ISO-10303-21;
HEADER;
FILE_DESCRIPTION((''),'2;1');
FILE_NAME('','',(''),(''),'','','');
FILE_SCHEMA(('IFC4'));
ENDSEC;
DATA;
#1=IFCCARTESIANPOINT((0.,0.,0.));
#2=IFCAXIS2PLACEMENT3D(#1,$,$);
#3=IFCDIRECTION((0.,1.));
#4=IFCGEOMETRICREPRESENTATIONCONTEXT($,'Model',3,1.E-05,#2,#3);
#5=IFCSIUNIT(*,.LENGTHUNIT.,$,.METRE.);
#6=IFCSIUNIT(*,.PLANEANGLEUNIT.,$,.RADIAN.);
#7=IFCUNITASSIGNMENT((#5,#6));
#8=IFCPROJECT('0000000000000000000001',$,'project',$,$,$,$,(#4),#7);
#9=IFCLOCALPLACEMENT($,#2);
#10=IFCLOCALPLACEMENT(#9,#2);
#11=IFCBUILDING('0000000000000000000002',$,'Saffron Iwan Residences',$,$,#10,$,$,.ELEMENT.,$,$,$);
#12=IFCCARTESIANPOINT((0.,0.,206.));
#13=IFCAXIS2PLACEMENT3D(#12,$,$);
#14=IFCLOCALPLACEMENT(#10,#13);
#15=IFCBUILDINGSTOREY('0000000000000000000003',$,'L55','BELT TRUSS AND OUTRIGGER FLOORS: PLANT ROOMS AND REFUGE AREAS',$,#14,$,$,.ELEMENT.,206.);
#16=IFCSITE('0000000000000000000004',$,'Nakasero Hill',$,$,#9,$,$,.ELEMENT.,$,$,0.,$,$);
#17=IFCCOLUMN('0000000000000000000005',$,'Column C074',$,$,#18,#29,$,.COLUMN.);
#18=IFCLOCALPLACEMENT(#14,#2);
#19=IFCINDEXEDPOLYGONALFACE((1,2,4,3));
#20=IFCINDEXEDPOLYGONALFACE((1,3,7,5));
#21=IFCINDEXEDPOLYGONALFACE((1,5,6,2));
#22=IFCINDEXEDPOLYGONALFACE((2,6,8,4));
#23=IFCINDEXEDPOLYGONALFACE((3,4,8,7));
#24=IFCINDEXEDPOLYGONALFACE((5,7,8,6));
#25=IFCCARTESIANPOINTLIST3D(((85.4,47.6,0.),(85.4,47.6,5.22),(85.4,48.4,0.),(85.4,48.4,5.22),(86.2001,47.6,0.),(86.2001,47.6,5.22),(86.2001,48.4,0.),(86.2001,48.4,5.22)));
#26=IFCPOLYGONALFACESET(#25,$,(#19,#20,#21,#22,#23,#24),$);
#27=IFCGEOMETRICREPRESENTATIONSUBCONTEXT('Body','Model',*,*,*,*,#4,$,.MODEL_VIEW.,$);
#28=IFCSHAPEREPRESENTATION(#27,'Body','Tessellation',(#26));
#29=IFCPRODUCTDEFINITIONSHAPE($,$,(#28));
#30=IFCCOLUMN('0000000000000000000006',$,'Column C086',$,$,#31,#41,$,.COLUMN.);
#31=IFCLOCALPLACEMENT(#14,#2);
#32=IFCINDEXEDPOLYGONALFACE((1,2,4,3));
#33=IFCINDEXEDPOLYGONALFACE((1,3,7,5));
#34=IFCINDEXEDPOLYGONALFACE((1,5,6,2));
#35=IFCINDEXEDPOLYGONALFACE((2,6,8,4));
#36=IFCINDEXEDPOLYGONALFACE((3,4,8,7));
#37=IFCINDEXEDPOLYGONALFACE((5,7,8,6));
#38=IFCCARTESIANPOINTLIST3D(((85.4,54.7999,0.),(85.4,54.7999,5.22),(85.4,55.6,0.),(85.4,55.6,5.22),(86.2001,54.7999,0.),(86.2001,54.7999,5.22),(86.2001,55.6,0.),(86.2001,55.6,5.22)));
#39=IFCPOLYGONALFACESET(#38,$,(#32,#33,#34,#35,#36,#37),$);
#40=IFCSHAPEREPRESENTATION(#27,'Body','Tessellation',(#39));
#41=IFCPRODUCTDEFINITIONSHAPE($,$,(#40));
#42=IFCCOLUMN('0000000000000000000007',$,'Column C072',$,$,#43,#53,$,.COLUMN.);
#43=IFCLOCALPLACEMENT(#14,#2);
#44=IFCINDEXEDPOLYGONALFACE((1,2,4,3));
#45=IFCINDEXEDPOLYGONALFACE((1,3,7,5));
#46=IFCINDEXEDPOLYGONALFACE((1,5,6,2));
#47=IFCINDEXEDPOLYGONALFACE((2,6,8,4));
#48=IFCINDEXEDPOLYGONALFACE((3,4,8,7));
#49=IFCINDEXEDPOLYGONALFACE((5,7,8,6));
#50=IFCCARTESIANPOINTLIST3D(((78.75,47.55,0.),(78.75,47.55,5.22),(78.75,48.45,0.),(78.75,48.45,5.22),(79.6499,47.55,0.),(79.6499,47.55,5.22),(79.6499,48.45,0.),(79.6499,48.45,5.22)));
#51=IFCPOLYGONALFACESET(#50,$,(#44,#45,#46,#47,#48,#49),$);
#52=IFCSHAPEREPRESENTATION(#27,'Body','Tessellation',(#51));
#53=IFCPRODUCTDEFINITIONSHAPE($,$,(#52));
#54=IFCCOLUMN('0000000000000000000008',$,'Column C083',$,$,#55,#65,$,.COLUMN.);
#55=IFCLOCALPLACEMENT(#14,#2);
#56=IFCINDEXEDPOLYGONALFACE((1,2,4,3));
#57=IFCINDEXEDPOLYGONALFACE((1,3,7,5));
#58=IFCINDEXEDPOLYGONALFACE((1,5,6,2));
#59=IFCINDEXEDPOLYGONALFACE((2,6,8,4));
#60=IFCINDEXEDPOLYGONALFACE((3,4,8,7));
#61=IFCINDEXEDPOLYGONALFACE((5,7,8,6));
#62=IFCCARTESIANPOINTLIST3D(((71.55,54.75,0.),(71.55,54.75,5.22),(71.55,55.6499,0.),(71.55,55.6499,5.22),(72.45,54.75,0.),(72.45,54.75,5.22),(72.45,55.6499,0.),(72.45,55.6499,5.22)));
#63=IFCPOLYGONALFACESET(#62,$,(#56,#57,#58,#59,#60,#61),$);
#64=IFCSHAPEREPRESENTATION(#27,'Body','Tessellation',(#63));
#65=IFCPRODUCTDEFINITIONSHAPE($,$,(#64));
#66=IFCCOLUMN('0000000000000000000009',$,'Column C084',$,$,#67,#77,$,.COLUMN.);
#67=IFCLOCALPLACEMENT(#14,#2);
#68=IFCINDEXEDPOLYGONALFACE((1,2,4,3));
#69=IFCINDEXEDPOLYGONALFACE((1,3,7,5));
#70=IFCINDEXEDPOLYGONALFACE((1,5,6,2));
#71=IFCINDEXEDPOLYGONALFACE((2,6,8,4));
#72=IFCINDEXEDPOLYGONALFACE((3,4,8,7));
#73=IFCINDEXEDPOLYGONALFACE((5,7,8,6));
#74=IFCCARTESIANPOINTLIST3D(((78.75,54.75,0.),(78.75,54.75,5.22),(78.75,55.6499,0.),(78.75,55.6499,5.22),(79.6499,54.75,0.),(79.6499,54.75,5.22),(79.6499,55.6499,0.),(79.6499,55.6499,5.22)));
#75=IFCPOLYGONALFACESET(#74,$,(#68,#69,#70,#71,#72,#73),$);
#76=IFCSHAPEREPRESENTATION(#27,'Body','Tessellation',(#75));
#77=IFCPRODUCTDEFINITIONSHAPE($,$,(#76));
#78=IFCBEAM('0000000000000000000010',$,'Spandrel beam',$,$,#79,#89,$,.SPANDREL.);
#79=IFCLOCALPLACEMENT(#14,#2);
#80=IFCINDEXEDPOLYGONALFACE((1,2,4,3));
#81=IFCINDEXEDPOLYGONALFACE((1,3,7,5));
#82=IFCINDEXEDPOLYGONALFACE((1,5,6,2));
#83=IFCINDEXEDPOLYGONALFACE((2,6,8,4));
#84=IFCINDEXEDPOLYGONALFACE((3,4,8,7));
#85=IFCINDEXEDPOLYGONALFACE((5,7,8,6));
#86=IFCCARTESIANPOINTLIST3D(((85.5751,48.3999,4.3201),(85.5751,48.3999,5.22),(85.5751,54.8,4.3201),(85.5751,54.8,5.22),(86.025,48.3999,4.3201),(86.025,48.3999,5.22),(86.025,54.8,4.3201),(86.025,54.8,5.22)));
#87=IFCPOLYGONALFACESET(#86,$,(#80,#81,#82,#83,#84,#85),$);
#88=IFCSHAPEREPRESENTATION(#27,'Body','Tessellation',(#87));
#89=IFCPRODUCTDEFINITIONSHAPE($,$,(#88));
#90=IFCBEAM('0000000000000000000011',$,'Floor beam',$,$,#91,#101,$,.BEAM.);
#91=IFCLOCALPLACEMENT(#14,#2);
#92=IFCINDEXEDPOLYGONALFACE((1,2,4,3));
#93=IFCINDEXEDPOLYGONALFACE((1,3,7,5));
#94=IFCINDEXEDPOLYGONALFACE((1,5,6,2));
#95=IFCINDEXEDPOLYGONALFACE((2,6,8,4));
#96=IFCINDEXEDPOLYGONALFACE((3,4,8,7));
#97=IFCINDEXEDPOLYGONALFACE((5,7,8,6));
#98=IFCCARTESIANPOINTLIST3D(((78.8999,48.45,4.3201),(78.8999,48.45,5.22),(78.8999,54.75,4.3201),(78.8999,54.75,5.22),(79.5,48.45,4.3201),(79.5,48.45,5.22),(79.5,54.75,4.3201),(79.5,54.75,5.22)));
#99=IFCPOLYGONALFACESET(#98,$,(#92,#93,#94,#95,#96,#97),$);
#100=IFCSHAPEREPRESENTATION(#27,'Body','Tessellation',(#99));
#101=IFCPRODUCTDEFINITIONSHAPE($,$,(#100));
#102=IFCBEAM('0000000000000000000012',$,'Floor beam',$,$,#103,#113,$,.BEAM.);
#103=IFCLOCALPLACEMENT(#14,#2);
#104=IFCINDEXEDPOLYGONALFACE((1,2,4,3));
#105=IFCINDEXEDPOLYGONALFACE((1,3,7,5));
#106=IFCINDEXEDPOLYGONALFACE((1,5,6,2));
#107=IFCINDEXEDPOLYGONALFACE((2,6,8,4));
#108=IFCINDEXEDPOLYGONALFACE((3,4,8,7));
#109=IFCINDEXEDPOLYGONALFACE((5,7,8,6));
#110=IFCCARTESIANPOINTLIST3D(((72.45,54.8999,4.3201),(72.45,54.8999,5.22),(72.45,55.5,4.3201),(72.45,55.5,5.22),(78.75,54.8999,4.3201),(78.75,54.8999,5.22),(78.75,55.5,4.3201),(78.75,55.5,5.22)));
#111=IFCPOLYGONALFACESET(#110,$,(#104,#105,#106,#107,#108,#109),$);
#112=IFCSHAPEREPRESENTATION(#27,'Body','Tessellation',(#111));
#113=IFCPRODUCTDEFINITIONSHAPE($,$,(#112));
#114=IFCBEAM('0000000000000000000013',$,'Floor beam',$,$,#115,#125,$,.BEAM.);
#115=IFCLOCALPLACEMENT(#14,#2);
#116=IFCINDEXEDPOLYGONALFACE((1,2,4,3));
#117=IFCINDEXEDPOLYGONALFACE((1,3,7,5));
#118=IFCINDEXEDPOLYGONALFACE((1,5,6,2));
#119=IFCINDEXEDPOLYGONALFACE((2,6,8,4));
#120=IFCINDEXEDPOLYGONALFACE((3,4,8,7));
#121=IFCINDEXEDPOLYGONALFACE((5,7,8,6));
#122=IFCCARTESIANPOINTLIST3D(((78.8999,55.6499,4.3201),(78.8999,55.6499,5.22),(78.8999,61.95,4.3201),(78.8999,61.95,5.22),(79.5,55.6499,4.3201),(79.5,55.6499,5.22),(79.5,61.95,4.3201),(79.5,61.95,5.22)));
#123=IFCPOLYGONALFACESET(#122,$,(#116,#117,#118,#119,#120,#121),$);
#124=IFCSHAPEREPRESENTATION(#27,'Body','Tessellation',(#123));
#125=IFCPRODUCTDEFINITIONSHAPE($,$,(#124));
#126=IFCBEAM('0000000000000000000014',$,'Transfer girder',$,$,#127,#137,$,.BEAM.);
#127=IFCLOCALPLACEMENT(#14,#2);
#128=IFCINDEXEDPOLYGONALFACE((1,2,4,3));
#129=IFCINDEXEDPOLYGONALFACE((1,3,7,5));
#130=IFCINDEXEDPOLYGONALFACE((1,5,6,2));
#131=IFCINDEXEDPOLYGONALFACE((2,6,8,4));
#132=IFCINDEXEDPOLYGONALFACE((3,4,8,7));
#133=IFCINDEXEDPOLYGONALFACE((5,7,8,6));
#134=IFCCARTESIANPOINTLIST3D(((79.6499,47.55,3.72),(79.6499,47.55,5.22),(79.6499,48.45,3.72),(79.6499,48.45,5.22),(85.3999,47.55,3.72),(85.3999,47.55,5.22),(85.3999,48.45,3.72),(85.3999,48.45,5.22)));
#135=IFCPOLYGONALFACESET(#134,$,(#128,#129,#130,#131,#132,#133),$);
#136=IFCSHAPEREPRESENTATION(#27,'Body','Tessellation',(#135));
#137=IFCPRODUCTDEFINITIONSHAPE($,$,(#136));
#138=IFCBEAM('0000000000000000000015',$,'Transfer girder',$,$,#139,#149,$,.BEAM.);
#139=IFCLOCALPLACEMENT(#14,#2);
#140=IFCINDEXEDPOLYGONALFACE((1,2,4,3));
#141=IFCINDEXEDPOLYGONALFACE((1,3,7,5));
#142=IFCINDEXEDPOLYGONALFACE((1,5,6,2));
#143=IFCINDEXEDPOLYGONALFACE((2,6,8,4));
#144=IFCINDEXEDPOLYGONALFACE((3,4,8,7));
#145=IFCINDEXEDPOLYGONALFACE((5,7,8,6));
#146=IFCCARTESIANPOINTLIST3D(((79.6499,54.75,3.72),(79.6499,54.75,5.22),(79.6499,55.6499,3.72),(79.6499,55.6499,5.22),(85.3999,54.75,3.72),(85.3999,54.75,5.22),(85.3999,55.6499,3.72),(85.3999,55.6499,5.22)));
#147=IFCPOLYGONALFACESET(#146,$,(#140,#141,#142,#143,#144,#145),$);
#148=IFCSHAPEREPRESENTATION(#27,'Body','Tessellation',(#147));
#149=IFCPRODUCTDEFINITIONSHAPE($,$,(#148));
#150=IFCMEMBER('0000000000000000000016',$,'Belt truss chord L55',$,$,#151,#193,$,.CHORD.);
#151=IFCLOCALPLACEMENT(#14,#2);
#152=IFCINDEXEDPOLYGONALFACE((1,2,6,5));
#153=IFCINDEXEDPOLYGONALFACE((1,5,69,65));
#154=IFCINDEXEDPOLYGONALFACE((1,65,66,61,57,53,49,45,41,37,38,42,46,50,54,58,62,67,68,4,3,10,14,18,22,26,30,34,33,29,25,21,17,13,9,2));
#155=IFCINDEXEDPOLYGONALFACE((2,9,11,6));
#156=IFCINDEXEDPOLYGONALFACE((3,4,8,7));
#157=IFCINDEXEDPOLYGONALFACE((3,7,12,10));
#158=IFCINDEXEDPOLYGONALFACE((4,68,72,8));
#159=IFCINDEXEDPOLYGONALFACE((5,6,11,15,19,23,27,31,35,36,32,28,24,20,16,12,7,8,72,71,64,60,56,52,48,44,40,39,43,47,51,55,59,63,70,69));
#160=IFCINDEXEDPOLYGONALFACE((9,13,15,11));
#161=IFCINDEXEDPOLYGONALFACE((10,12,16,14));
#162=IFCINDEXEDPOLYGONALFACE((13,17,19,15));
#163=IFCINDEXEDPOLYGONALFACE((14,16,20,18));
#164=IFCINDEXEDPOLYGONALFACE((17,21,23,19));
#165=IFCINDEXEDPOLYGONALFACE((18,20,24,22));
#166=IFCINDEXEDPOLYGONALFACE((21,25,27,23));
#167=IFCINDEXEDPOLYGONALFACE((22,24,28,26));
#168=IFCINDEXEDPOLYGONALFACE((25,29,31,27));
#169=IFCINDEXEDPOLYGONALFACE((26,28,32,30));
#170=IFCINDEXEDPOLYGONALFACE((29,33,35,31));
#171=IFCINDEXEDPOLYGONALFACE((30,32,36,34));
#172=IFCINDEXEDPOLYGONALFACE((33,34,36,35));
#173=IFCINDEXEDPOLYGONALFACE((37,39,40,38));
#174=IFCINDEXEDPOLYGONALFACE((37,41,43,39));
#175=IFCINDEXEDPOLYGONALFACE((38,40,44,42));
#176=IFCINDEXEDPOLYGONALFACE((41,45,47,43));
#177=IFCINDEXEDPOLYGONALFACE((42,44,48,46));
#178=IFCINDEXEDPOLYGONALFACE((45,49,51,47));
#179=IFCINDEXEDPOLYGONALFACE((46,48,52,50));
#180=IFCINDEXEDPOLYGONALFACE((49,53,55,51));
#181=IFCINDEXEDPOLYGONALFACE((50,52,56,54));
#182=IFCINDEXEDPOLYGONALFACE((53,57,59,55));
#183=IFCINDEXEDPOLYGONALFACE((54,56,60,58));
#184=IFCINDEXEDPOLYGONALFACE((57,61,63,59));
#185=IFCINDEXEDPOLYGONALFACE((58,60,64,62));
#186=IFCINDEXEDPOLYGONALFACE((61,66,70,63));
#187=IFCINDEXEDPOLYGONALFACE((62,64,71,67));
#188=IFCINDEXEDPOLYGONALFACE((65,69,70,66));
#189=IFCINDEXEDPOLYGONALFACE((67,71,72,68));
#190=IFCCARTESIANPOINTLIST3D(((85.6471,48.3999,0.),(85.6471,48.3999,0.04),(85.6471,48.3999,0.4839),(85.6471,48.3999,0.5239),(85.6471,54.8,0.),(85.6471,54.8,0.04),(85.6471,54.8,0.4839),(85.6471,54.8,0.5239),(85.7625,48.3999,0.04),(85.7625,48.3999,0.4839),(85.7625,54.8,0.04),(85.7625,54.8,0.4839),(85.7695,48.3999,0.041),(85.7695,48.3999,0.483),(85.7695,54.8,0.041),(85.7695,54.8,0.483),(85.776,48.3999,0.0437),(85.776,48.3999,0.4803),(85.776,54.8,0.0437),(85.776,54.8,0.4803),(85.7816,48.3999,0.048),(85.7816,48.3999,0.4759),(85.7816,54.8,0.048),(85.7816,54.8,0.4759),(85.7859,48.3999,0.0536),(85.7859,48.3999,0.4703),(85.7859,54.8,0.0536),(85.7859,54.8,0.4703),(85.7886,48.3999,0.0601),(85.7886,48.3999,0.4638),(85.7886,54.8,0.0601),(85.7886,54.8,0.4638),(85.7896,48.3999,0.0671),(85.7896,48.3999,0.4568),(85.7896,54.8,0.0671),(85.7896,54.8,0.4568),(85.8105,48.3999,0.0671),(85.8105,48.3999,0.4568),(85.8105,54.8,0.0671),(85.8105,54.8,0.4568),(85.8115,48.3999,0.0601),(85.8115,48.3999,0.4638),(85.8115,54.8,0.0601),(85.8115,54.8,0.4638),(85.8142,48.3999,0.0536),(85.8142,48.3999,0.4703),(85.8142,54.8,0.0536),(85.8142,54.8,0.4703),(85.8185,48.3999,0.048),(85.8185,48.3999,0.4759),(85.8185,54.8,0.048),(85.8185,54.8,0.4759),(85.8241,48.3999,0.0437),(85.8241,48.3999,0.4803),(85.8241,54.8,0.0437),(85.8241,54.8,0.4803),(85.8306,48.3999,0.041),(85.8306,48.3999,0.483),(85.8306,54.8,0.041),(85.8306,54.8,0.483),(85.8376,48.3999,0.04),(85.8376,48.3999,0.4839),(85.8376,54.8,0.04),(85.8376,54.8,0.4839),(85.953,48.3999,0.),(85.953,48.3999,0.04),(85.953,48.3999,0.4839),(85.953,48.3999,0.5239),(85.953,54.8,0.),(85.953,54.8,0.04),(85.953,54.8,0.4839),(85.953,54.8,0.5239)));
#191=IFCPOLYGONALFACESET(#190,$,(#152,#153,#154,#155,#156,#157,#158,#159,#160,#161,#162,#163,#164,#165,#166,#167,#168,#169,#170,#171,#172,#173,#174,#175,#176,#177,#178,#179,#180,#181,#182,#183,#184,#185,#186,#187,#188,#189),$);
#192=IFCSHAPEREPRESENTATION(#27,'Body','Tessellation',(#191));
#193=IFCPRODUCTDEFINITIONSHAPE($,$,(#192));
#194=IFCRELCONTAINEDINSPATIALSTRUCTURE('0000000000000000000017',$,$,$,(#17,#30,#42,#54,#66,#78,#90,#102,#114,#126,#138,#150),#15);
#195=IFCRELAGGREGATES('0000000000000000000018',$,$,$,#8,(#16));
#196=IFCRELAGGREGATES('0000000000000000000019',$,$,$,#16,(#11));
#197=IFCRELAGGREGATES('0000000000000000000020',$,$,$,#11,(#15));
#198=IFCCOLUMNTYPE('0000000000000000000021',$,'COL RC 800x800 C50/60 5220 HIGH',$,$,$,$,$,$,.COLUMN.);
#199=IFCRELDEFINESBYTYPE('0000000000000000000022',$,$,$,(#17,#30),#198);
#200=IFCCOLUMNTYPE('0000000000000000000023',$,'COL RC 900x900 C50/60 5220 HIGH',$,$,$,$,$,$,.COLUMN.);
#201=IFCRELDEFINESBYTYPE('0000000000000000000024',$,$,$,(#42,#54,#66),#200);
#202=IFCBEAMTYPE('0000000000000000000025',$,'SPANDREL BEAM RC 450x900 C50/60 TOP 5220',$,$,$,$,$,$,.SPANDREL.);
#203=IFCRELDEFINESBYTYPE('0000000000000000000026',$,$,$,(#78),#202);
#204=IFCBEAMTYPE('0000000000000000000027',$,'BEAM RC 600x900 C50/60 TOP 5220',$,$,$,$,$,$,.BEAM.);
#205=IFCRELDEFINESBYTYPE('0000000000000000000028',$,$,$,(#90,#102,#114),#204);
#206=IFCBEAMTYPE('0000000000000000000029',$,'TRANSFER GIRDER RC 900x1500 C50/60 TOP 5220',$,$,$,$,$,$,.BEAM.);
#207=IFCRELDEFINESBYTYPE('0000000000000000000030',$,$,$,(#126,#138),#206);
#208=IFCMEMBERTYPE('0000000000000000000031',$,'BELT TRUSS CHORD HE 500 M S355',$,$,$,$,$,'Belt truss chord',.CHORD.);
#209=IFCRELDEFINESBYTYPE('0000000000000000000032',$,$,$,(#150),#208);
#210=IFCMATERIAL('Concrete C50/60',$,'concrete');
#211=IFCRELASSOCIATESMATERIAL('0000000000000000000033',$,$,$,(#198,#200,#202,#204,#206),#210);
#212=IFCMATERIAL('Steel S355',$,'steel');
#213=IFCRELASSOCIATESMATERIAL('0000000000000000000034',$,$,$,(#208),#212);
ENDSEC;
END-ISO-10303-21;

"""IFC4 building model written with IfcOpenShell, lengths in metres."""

from ifc_helpers import new_model, si_unit, direction, frame, origin, origin_2d, place, context, subcontext, project, spatial, rectangle, i_section, extrude, source, transform, mapped, material, material_profile, profile_set, type_object, element, save


model = new_model("IFC4")

# Units and contexts
model_context = context("Model", 3, precision=1e-05, world=origin(), true_north=direction((0.0, 1.0)))
body_context = subcontext(model_context, "Body", "Model", "MODEL_VIEW")
ifc_project = project(units=[si_unit("LENGTHUNIT", "METRE"), si_unit("PLANEANGLEUNIT", "RADIAN")], contexts=[model_context])

# Site, building, storey
site_placement = place(None, origin())
site = spatial("IfcSite", under=ifc_project, at=site_placement, Name="Nakasero Hill", CompositionType="ELEMENT", RefElevation=0.0)
building_placement = place(site_placement, origin())
building = spatial("IfcBuilding", under=site, at=building_placement, Name="Saffron Iwan Residences", CompositionType="ELEMENT")
storey_placement = place(building_placement, frame((0.0, 0.0, 206.0)))
storey = spatial("IfcBuildingStorey", under=building, at=storey_placement, Name="L55", Description="BELT TRUSS AND OUTRIGGER FLOORS: PLANT ROOMS AND REFUGE AREAS", CompositionType="ELEMENT", Elevation=206.0)

# Columns
ifc_material_1 = material(Name="Concrete C50/60", Category="concrete")
ifc_material_profile_1 = material_profile(ifc_material_1, rectangle(XDim=0.8, YDim=0.8, at=origin_2d()), Name="RC 800x800")
ifc_profile_set_1 = profile_set([ifc_material_profile_1], Name="Concrete C50/60")
column_type_1 = type_object("IfcColumnType", Name="COL RC 800x800 C50/60 5220 HIGH", PredefinedType="COLUMN", material=ifc_profile_set_1)
shared_shape_1 = source(origin(), body_context, "Body", "SweptSolid", [
    extrude(rectangle(XDim=0.8, YDim=0.8, at=origin_2d()), origin(), (0.0, 0.0, 1.0), 5.22),
])
for number, where, z_axis, x_axis, name in (
    (1, (85.8, 48.0, 0.0), (0.0, 0.0, 1.0), (1.0, 0.0, 0.0), "Column C074"),
    (2, (85.8, 55.2, 0.0), (0.0, 0.0, 1.0), (1.0, 0.0, 0.0), "Column C086"),
):
    element("IfcColumn", number, at=place(storey_placement, frame(where, z_axis=z_axis, x_axis=x_axis)), inside=storey, type_object=column_type_1, Name=name, PredefinedType="COLUMN", context=body_context, shape_type="MappedRepresentation", body=[
        mapped(shared_shape_1, transform((0.0, 0.0, 0.0))),
    ])
ifc_material_profile_2 = material_profile(ifc_material_1, rectangle(XDim=0.8999, YDim=0.8999, at=origin_2d()), Name="RC 900x900")
ifc_profile_set_2 = profile_set([ifc_material_profile_2], Name="Concrete C50/60")
column_type_2 = type_object("IfcColumnType", Name="COL RC 900x900 C50/60 5220 HIGH", PredefinedType="COLUMN", material=ifc_profile_set_2)
shared_shape_2 = source(origin(), body_context, "Body", "SweptSolid", [
    extrude(rectangle(XDim=0.8999, YDim=0.8999, at=origin_2d()), origin(), (0.0, 0.0, 1.0), 5.22),
])
for number, where, z_axis, x_axis, name in (
    (3, (79.2, 48.0, 0.0), (0.0, 0.0, 1.0), (1.0, 0.0, 0.0), "Column C072"),
    (4, (72.0, 55.2, 0.0), (0.0, 0.0, 1.0), (1.0, 0.0, 0.0), "Column C083"),
    (5, (79.2, 55.2, 0.0), (0.0, 0.0, 1.0), (1.0, 0.0, 0.0), "Column C084"),
):
    element("IfcColumn", number, at=place(storey_placement, frame(where, z_axis=z_axis, x_axis=x_axis)), inside=storey, type_object=column_type_2, Name=name, PredefinedType="COLUMN", context=body_context, shape_type="MappedRepresentation", body=[
        mapped(shared_shape_2, transform((0.0, 0.0, 0.0))),
    ])

# Beams
ifc_material_profile_3 = material_profile(ifc_material_1, rectangle(XDim=0.45, YDim=0.8999, at=origin_2d()), Name="RC 450x900")
ifc_profile_set_3 = profile_set([ifc_material_profile_3], Name="Concrete C50/60")
beam_type_1 = type_object("IfcBeamType", Name="SPANDREL BEAM RC 450x900 C50/60 TOP 5220", PredefinedType="SPANDREL", material=ifc_profile_set_3)
shared_shape_3 = source(origin(), body_context, "Body", "SweptSolid", [
    extrude(rectangle(XDim=0.45, YDim=0.8999, at=origin_2d()), origin(), (0.0, 0.0, 1.0), 6.4001),
])
beam_placement = place(storey_placement, frame((85.8, 54.8, 4.77), z_axis=(0.0, -1.0, 0.0), x_axis=(1.0, 0.0, 0.0)))
element("IfcBeam", 6, at=beam_placement, inside=storey, type_object=beam_type_1, Name="Spandrel beam", PredefinedType="SPANDREL", context=body_context, shape_type="MappedRepresentation", body=[
    mapped(shared_shape_3, transform((0.0, 0.0, 0.0))),
])
ifc_material_profile_4 = material_profile(ifc_material_1, rectangle(XDim=0.6001, YDim=0.8999, at=origin_2d()), Name="RC 600x900")
ifc_profile_set_4 = profile_set([ifc_material_profile_4], Name="Concrete C50/60")
beam_type_2 = type_object("IfcBeamType", Name="BEAM RC 600x900 C50/60 TOP 5220", PredefinedType="BEAM", material=ifc_profile_set_4)
shared_shape_4 = source(origin(), body_context, "Body", "SweptSolid", [
    extrude(rectangle(XDim=0.6001, YDim=0.8999, at=origin_2d()), origin(), (0.0, 0.0, 1.0), 6.3),
])
for number, where, z_axis, x_axis, name in (
    (7, (79.2, 48.45, 4.77), (0.0, 1.0, 0.0), (-1.0, 0.0, 0.0), "Floor beam"),
    (8, (72.45, 55.2, 4.77), (1.0, 0.0, 0.0), (0.0, 1.0, 0.0), "Floor beam"),
    (9, (79.2, 55.6499, 4.77), (0.0, 1.0, 0.0), (-1.0, 0.0, 0.0), "Floor beam"),
):
    element("IfcBeam", number, at=place(storey_placement, frame(where, z_axis=z_axis, x_axis=x_axis)), inside=storey, type_object=beam_type_2, Name=name, PredefinedType="BEAM", context=body_context, shape_type="MappedRepresentation", body=[
        mapped(shared_shape_4, transform((0.0, 0.0, 0.0))),
    ])
ifc_material_profile_5 = material_profile(ifc_material_1, rectangle(XDim=0.8999, YDim=1.5, at=origin_2d()), Name="RC 900x1500")
ifc_profile_set_5 = profile_set([ifc_material_profile_5], Name="Concrete C50/60")
beam_type_3 = type_object("IfcBeamType", Name="TRANSFER GIRDER RC 900x1500 C50/60 TOP 5220", PredefinedType="BEAM", material=ifc_profile_set_5)
shared_shape_5 = source(origin(), body_context, "Body", "SweptSolid", [
    extrude(rectangle(XDim=0.8999, YDim=1.5, at=origin_2d()), origin(), (0.0, 0.0, 1.0), 5.75),
])
for number, where, z_axis, x_axis, name in (
    (10, (79.6499, 48.0, 4.47), (1.0, 0.0, 0.0), (0.0, 1.0, 0.0), "Transfer girder"),
    (11, (79.6499, 55.2, 4.47), (1.0, 0.0, 0.0), (0.0, 1.0, 0.0), "Transfer girder"),
):
    element("IfcBeam", number, at=place(storey_placement, frame(where, z_axis=z_axis, x_axis=x_axis)), inside=storey, type_object=beam_type_3, Name=name, PredefinedType="BEAM", context=body_context, shape_type="MappedRepresentation", body=[
        mapped(shared_shape_5, transform((0.0, 0.0, 0.0))),
    ])

# Member
ifc_material_2 = material(Name="Steel S355", Category="steel")
ifc_material_profile_6 = material_profile(ifc_material_2, i_section(OverallWidth=0.3059, OverallDepth=0.5239, WebThickness=0.021, FlangeThickness=0.04, FilletRadius=0.0271, at=origin_2d()), Name="HE 500 M")
ifc_profile_set_6 = profile_set([ifc_material_profile_6], Name="Steel S355")
member_type_1 = type_object("IfcMemberType", Name="BELT TRUSS CHORD HE 500 M S355", ElementType="Belt truss chord", PredefinedType="CHORD", material=ifc_profile_set_6)
shared_shape_6 = source(origin(), body_context, "Body", "SweptSolid", [
    extrude(i_section(OverallWidth=0.3059, OverallDepth=0.5239, WebThickness=0.021, FlangeThickness=0.04, FilletRadius=0.0271, at=origin_2d()), origin(), (0.0, 0.0, 1.0), 6.4001),
])
for number, where, z_axis, x_axis, name in (
    (12, (85.8, 54.8, 0.262), (0.0, -1.0, 0.0), (1.0, 0.0, 0.0), "Belt truss chord L55"),
):
    element("IfcMember", number, at=place(storey_placement, frame(where, z_axis=z_axis, x_axis=x_axis)), inside=storey, type_object=member_type_1, Name=name, PredefinedType="CHORD", context=body_context, shape_type="MappedRepresentation", body=[
        mapped(shared_shape_6, transform((0.0, 0.0, 0.0))),
    ])

save(model, "model.ifc")
